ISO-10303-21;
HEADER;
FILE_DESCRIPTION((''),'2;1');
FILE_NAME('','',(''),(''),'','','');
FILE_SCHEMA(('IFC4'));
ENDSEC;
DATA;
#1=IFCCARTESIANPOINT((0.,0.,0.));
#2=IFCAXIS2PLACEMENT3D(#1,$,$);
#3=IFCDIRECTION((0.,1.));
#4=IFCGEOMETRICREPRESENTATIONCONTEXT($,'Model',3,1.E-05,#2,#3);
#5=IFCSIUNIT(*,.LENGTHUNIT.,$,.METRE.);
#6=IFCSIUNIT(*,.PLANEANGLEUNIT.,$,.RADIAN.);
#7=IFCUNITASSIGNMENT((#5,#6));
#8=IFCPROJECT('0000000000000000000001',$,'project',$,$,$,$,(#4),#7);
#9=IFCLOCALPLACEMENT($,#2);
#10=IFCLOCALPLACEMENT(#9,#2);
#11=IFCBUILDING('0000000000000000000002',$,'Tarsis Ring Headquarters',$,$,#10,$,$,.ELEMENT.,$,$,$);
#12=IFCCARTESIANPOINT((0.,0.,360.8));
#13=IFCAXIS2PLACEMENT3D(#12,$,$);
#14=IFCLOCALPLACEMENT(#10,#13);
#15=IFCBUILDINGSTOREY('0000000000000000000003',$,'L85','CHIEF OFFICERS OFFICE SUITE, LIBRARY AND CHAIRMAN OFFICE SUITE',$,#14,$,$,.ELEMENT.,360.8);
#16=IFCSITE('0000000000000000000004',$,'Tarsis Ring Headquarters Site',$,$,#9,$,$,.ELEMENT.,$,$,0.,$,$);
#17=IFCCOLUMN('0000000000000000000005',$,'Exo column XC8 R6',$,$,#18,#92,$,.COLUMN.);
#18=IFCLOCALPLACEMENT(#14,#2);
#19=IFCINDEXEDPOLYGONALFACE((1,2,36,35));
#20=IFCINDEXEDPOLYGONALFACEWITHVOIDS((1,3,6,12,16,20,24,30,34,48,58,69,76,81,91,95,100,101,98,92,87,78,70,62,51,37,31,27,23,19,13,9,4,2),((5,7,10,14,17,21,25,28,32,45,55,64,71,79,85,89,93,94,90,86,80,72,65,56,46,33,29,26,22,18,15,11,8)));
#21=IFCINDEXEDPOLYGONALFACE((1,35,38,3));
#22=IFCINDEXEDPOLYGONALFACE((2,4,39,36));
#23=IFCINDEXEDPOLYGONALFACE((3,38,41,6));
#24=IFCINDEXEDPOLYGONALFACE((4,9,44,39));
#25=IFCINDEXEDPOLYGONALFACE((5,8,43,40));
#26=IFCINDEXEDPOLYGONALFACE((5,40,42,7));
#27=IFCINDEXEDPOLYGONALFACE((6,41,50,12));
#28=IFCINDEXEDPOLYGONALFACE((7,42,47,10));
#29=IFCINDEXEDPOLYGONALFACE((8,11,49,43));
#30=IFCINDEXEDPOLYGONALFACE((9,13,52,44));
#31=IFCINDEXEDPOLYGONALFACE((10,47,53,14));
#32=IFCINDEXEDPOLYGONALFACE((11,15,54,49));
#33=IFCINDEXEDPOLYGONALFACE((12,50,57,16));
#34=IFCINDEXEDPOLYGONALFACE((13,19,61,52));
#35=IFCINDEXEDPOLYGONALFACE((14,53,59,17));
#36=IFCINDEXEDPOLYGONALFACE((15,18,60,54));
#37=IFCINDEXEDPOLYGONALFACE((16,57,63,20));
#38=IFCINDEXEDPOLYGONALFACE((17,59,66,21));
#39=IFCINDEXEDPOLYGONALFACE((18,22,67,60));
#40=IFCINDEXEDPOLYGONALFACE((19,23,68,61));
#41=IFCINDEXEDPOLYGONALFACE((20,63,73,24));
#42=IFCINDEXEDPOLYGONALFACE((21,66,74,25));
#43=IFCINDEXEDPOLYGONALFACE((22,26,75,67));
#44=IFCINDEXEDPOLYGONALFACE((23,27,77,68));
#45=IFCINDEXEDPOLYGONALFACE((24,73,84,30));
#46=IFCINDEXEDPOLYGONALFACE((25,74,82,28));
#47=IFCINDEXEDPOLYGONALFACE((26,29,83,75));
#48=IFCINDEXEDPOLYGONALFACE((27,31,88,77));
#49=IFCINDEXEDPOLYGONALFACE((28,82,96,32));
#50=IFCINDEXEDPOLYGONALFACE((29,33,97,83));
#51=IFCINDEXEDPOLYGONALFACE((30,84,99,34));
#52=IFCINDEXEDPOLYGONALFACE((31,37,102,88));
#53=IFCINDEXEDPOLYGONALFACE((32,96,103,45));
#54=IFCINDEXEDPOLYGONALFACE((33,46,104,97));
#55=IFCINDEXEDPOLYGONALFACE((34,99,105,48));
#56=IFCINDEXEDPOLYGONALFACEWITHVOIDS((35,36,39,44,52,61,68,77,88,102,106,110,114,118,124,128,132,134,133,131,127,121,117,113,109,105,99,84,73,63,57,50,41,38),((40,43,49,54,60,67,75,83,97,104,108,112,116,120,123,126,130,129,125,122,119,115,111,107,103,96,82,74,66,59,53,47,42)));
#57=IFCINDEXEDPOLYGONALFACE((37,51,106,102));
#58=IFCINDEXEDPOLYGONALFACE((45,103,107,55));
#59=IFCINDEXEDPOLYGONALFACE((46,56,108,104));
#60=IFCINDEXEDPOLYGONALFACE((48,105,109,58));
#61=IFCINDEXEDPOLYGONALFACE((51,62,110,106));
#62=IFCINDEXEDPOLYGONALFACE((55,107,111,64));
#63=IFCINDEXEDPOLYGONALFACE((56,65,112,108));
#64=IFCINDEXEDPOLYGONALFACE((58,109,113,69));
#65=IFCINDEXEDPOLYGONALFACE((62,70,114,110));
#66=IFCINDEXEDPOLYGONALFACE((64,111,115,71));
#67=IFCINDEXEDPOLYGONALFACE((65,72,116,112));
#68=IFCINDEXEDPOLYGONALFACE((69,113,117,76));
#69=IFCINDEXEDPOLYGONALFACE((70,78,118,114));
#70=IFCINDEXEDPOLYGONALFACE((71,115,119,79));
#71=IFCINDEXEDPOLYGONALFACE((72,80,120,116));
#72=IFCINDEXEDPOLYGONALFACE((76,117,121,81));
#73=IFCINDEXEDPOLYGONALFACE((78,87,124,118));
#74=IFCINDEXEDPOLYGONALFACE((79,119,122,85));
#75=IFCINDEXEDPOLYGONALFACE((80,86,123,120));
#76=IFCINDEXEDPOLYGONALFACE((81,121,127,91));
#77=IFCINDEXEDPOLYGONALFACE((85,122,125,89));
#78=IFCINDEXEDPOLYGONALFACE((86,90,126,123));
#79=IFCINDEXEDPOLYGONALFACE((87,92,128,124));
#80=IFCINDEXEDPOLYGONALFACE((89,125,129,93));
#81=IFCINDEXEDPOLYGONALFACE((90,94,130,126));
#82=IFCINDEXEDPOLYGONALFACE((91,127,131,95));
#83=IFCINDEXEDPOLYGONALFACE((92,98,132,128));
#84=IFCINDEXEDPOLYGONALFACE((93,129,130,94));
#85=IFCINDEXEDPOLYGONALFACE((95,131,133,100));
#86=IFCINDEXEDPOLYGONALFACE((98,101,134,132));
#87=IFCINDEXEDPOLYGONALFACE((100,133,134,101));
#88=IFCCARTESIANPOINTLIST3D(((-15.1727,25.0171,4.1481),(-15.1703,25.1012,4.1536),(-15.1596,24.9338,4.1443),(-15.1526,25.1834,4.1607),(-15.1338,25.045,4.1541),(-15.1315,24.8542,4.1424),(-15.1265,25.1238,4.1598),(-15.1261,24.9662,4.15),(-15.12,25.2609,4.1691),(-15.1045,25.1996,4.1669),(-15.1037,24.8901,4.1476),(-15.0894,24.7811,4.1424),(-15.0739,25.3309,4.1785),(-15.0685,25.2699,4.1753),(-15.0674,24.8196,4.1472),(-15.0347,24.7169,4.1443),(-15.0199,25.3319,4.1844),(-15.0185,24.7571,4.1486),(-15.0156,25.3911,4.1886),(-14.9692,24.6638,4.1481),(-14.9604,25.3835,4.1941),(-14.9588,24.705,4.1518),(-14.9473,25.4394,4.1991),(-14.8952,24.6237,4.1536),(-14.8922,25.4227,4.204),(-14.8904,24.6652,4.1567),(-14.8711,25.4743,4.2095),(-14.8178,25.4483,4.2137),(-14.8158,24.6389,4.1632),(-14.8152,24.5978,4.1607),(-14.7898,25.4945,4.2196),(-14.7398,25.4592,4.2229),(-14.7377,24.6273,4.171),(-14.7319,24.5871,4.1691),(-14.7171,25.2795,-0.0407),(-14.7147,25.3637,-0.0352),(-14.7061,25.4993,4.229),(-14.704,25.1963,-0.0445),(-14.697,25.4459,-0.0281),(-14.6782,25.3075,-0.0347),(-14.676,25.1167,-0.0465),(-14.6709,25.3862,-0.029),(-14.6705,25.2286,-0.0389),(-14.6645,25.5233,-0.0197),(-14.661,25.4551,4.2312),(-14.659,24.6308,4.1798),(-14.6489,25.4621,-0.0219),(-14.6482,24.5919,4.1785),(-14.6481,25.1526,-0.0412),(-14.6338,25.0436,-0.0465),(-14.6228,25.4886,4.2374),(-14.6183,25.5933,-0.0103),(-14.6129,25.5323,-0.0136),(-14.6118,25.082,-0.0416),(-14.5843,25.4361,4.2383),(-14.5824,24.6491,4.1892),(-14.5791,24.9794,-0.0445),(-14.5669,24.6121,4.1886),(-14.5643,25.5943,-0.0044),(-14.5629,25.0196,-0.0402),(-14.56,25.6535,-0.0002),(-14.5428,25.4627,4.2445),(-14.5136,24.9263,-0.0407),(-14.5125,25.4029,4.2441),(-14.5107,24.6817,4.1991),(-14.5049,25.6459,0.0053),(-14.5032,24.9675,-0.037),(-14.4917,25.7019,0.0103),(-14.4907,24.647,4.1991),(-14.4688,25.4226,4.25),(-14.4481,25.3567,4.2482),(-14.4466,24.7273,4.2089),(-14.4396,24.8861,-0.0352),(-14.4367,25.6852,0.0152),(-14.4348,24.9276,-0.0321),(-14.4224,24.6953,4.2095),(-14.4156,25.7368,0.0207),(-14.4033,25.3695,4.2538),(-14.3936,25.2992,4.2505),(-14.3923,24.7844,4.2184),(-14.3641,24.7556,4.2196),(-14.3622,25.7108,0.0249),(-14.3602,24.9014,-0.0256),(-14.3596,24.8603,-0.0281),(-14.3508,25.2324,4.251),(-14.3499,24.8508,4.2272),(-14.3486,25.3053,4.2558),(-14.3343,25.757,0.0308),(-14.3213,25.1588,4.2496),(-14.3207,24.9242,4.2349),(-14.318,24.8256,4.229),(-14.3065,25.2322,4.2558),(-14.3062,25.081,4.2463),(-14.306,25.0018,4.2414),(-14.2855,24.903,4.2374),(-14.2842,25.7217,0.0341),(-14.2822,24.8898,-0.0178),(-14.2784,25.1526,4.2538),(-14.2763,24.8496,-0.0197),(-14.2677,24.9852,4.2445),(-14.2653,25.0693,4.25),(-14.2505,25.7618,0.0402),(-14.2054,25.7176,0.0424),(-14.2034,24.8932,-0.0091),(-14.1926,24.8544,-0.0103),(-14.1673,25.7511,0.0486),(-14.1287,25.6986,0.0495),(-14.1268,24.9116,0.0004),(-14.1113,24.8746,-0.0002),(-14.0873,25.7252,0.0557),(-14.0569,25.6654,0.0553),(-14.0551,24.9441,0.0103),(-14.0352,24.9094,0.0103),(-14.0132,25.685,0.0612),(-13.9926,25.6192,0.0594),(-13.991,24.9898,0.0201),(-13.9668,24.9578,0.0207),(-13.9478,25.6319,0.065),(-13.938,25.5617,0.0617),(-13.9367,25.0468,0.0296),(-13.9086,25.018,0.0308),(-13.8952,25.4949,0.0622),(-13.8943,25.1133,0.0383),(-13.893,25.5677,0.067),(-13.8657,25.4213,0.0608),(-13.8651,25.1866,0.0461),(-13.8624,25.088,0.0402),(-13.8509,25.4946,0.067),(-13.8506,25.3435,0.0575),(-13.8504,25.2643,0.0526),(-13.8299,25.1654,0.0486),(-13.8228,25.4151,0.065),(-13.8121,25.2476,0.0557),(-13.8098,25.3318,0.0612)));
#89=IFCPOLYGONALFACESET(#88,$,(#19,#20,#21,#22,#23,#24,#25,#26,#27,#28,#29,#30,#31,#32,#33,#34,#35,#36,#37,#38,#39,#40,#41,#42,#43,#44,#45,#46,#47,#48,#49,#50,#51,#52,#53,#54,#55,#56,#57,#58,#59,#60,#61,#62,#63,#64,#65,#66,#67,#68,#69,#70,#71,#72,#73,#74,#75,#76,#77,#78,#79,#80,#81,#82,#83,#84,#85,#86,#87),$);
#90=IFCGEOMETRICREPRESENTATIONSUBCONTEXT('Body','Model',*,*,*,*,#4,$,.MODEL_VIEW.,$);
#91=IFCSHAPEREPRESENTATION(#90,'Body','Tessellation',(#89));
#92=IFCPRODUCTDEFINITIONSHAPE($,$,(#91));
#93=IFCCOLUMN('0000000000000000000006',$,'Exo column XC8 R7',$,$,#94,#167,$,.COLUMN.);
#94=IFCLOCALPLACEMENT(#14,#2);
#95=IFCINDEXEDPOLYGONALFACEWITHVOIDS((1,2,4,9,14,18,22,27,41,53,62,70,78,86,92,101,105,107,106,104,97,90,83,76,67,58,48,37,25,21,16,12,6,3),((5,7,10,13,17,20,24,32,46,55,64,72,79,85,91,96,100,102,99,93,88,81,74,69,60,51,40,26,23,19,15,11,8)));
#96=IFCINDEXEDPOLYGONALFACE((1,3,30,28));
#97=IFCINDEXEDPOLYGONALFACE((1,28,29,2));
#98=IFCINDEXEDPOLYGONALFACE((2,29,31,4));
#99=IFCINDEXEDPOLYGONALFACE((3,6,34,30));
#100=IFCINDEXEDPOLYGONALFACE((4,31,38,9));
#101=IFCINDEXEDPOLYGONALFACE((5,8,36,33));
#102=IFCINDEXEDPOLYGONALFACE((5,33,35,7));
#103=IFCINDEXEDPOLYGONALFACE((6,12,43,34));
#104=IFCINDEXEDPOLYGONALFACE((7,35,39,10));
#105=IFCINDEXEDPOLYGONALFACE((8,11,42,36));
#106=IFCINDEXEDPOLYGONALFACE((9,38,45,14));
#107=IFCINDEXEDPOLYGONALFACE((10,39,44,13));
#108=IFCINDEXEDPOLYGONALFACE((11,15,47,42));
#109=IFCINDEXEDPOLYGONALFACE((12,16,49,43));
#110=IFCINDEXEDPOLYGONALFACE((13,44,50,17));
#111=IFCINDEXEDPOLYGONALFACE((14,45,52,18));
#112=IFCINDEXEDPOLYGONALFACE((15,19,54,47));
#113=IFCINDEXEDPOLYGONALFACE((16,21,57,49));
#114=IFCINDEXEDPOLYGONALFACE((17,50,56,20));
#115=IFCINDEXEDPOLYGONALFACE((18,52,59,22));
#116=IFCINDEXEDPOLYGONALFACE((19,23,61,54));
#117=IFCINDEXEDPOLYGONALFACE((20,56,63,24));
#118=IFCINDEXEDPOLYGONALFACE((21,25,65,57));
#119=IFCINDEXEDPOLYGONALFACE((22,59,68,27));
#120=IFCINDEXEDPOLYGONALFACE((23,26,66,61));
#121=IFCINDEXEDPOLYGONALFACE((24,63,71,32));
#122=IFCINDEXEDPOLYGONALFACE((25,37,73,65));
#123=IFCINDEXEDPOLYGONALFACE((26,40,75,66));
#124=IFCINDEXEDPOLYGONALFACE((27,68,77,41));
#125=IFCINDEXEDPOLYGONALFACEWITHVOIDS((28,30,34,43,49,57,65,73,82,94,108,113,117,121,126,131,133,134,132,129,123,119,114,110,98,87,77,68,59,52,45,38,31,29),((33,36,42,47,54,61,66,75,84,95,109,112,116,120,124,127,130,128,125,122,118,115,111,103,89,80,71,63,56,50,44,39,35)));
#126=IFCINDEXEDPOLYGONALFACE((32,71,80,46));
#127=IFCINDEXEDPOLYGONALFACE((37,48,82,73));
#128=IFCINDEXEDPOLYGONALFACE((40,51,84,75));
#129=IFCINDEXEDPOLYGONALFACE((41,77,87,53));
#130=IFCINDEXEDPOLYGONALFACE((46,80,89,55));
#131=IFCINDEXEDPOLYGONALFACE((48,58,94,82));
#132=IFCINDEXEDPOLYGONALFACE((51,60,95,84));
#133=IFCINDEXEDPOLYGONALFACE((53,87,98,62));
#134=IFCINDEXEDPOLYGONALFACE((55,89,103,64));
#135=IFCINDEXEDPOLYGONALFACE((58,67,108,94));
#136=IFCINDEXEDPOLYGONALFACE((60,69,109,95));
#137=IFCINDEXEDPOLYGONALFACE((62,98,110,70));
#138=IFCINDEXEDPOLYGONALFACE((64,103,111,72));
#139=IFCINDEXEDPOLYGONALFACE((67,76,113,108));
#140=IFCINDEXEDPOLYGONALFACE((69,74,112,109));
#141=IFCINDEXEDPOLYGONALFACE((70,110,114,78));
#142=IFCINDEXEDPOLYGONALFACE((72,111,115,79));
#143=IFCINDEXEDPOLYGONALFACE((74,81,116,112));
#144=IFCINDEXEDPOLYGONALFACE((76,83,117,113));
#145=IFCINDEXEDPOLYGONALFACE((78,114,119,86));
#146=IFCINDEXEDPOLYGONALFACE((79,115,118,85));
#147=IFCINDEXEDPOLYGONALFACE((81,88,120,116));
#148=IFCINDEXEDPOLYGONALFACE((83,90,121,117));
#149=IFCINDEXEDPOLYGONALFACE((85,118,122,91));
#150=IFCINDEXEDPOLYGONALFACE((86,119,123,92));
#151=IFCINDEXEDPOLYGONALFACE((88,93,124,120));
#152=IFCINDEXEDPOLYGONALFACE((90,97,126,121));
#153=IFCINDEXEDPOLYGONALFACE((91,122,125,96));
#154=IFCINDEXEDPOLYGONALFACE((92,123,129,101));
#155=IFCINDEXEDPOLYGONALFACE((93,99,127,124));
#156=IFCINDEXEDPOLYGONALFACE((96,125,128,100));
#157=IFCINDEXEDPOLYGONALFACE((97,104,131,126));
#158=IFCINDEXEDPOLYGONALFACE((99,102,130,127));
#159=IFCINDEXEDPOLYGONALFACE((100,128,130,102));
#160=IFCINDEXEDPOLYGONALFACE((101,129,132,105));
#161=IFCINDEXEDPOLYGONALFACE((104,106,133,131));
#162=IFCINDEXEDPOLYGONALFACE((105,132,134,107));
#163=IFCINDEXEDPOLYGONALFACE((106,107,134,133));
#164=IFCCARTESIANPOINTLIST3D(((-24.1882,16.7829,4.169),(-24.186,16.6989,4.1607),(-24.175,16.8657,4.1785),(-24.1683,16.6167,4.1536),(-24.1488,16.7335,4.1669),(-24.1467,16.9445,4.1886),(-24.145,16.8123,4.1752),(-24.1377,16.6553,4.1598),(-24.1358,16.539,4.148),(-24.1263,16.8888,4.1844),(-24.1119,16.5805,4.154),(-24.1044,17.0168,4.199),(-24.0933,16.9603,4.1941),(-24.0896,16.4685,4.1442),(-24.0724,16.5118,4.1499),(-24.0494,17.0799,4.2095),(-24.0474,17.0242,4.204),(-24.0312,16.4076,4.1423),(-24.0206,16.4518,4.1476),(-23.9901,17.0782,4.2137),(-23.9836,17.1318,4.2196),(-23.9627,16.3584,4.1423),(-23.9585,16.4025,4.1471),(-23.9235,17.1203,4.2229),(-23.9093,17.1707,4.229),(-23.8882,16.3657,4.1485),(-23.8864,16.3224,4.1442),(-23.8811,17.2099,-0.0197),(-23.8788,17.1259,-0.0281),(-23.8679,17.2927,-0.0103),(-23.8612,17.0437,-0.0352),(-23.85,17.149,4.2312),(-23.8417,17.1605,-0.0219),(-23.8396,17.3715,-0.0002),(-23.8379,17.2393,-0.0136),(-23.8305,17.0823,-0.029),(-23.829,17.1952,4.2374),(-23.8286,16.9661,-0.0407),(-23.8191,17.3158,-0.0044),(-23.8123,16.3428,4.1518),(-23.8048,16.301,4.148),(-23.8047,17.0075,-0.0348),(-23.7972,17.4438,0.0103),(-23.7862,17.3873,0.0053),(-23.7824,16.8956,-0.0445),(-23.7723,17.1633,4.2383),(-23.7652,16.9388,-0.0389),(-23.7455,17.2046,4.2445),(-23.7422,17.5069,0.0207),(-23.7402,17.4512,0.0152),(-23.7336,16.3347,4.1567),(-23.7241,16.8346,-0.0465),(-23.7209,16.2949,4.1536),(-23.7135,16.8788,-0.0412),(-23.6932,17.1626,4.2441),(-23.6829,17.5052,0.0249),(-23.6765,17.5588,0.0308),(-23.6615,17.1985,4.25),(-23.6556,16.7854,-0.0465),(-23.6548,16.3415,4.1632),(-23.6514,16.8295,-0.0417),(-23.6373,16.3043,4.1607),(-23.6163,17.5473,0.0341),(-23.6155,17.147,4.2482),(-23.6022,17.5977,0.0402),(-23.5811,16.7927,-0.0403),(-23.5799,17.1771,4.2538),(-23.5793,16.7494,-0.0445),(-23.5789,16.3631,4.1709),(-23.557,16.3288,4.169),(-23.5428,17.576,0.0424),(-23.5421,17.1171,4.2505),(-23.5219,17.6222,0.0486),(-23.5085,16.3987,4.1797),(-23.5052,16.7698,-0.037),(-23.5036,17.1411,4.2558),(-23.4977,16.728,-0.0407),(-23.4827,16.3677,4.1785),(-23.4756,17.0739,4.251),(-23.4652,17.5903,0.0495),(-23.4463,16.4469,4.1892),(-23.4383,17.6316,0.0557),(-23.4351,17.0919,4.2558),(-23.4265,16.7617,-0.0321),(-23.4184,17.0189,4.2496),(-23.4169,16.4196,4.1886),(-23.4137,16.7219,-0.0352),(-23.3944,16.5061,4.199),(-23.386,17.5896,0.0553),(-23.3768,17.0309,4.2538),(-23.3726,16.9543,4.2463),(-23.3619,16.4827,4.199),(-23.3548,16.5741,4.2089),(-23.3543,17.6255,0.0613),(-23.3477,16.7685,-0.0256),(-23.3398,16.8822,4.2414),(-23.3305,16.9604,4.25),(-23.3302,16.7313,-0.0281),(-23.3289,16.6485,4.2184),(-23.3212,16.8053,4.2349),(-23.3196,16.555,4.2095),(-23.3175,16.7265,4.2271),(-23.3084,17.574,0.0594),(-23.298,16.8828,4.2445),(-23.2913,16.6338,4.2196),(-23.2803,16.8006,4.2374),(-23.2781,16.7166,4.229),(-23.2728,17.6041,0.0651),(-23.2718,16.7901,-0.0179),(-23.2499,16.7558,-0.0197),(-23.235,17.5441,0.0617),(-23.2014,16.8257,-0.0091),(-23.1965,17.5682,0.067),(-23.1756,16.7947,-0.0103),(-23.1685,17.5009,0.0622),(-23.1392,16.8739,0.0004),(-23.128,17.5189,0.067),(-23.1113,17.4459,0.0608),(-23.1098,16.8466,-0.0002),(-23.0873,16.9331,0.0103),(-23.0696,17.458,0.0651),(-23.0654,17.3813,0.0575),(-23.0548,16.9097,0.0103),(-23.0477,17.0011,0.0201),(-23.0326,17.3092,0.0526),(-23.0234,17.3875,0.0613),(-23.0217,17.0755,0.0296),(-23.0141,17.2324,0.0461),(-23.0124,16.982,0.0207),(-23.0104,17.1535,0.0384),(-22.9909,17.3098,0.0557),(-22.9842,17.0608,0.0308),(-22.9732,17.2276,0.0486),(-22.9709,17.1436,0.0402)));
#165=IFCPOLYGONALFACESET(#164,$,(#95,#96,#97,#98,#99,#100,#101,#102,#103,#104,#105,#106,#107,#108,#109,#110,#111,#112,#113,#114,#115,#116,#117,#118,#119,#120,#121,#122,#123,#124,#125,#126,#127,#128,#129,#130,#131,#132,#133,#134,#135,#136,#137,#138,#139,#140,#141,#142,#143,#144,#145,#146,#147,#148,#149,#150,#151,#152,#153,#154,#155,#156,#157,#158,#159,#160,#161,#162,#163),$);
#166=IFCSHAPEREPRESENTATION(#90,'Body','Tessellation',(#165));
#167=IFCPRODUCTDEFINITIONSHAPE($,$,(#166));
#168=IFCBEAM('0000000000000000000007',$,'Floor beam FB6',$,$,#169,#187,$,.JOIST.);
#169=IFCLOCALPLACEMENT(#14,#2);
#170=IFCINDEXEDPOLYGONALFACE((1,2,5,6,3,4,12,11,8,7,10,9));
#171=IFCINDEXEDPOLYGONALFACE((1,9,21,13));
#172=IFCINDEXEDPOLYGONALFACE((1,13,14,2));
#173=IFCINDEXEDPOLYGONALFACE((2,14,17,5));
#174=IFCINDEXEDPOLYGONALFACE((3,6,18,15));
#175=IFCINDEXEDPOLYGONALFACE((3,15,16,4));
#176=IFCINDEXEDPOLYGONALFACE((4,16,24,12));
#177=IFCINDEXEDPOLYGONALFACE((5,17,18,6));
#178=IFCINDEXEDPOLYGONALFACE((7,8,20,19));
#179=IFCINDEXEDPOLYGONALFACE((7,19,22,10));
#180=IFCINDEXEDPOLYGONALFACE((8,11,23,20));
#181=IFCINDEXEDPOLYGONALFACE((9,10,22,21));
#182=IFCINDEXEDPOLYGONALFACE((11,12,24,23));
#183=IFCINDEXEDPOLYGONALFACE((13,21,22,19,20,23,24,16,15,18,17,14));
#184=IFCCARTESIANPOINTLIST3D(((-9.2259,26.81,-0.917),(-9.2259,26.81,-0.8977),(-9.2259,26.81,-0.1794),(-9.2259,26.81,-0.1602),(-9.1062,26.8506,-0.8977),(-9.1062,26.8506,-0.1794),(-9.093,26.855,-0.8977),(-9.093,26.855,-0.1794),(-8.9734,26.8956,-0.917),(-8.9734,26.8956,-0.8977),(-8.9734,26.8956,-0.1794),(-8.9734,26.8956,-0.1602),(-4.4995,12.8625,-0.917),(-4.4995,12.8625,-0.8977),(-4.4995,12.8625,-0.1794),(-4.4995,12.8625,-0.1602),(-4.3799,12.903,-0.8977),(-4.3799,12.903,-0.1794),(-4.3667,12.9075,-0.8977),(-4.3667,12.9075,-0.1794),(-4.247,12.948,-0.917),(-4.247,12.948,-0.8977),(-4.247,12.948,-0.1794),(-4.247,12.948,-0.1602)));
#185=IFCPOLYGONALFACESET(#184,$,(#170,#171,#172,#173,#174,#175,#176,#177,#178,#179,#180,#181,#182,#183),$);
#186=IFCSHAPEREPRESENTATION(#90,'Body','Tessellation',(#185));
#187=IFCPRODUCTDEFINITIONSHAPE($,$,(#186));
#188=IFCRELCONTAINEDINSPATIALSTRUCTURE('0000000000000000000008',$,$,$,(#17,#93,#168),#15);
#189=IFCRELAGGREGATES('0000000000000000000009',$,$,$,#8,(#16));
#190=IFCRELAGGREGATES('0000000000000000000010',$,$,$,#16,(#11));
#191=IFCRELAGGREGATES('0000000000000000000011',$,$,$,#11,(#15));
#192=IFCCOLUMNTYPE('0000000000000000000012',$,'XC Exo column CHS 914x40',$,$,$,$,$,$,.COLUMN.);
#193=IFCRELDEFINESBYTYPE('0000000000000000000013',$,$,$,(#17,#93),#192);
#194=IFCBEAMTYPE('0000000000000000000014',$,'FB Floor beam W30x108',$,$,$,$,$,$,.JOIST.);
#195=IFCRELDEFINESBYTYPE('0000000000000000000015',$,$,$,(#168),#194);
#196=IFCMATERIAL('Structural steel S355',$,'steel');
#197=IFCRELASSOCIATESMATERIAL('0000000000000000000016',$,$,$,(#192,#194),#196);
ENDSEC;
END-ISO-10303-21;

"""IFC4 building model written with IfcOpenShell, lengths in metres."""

from ifc_helpers import new_model, si_unit, direction, frame, origin, origin_2d, place, context, subcontext, project, spatial, hollow_circle, i_section, extrude, material, material_profile, profile_set, type_object, element, save


model = new_model("IFC4")

# Units and contexts
model_context = context("Model", 3, precision=1e-05, world=origin(), true_north=direction((0.0, 1.0)))
body_context = subcontext(model_context, "Body", "Model", "MODEL_VIEW")
ifc_project = project(units=[si_unit("LENGTHUNIT", "METRE"), si_unit("PLANEANGLEUNIT", "RADIAN")], contexts=[model_context])

# Site, building, storey
site_placement = place(None, origin())
site = spatial("IfcSite", under=ifc_project, at=site_placement, Name="Tarsis Ring Headquarters Site", CompositionType="ELEMENT", RefElevation=0.0)
building_placement = place(site_placement, origin())
building = spatial("IfcBuilding", under=site, at=building_placement, Name="Tarsis Ring Headquarters", CompositionType="ELEMENT")
storey_placement = place(building_placement, frame((0.0, 0.0, 360.8)))
storey = spatial("IfcBuildingStorey", under=building, at=storey_placement, Name="L85", Description="CHIEF OFFICERS OFFICE SUITE, LIBRARY AND CHAIRMAN OFFICE SUITE", CompositionType="ELEMENT", Elevation=360.8)

# Columns
ifc_material_1 = material(Name="Structural steel S355", Category="steel")
ifc_material_profile_1 = material_profile(ifc_material_1, hollow_circle(Radius=0.457, WallThickness=0.04, at=origin_2d()), Name="CHS 914x40")
ifc_profile_set_1 = profile_set([ifc_material_profile_1], Name="Structural steel S355")
column_type = type_object("IfcColumnType", Name="XC Exo column CHS 914x40", PredefinedType="COLUMN", material=ifc_profile_set_1)
for number, where, z_axis, x_axis, name in (
    (1, (-14.2634, 25.3057, 0.0103), (-0.107914, -0.062169, 0.992215), (0.499186, -0.866495, 0.0), "Exo column XC8 R6"),
    (2, (-23.426, 17.1768, 0.0103), (-0.072752, -0.101147, 0.992208), (0.811816, -0.583913, 0.0), "Exo column XC8 R7"),
):
    element("IfcColumn", number, at=place(storey_placement, frame(where, z_axis=z_axis, x_axis=x_axis)), inside=storey, type_object=column_type, Name=name, PredefinedType="COLUMN", context=body_context, shape_type="SweptSolid", body=[
        extrude(hollow_circle(Radius=0.4573, WallThickness=0.04, at=origin_2d()), origin(), (0.0, 0.0, 1.0), 4.2217),
    ])

# Beam
ifc_material_profile_2 = material_profile(ifc_material_1, i_section(OverallWidth=0.2666, OverallDepth=0.7568, WebThickness=0.0139, FlangeThickness=0.0193, at=origin_2d()), Name="W30x108")
ifc_profile_set_2 = profile_set([ifc_material_profile_2], Name="Structural steel S355")
beam_type_1 = type_object("IfcBeamType", Name="FB Floor beam W30x108", PredefinedType="JOIST", material=ifc_profile_set_2)
beam_1_placement = place(storey_placement, frame((-9.0996, 26.8528, -0.5386), z_axis=(0.320939, -0.9471, 0.0), x_axis=(0.9471, 0.320939, 0.0)))
element("IfcBeam", 3, at=beam_1_placement, inside=storey, type_object=beam_type_1, Name="Floor beam FB6", PredefinedType="JOIST", context=body_context, shape_type="SweptSolid", body=[
    extrude(i_section(OverallWidth=0.2666, OverallDepth=0.7568, WebThickness=0.0139, FlangeThickness=0.0193, at=origin_2d()), origin(), (0.0, 0.0, 1.0), 14.7266),
])

save(model, "model.ifc")
